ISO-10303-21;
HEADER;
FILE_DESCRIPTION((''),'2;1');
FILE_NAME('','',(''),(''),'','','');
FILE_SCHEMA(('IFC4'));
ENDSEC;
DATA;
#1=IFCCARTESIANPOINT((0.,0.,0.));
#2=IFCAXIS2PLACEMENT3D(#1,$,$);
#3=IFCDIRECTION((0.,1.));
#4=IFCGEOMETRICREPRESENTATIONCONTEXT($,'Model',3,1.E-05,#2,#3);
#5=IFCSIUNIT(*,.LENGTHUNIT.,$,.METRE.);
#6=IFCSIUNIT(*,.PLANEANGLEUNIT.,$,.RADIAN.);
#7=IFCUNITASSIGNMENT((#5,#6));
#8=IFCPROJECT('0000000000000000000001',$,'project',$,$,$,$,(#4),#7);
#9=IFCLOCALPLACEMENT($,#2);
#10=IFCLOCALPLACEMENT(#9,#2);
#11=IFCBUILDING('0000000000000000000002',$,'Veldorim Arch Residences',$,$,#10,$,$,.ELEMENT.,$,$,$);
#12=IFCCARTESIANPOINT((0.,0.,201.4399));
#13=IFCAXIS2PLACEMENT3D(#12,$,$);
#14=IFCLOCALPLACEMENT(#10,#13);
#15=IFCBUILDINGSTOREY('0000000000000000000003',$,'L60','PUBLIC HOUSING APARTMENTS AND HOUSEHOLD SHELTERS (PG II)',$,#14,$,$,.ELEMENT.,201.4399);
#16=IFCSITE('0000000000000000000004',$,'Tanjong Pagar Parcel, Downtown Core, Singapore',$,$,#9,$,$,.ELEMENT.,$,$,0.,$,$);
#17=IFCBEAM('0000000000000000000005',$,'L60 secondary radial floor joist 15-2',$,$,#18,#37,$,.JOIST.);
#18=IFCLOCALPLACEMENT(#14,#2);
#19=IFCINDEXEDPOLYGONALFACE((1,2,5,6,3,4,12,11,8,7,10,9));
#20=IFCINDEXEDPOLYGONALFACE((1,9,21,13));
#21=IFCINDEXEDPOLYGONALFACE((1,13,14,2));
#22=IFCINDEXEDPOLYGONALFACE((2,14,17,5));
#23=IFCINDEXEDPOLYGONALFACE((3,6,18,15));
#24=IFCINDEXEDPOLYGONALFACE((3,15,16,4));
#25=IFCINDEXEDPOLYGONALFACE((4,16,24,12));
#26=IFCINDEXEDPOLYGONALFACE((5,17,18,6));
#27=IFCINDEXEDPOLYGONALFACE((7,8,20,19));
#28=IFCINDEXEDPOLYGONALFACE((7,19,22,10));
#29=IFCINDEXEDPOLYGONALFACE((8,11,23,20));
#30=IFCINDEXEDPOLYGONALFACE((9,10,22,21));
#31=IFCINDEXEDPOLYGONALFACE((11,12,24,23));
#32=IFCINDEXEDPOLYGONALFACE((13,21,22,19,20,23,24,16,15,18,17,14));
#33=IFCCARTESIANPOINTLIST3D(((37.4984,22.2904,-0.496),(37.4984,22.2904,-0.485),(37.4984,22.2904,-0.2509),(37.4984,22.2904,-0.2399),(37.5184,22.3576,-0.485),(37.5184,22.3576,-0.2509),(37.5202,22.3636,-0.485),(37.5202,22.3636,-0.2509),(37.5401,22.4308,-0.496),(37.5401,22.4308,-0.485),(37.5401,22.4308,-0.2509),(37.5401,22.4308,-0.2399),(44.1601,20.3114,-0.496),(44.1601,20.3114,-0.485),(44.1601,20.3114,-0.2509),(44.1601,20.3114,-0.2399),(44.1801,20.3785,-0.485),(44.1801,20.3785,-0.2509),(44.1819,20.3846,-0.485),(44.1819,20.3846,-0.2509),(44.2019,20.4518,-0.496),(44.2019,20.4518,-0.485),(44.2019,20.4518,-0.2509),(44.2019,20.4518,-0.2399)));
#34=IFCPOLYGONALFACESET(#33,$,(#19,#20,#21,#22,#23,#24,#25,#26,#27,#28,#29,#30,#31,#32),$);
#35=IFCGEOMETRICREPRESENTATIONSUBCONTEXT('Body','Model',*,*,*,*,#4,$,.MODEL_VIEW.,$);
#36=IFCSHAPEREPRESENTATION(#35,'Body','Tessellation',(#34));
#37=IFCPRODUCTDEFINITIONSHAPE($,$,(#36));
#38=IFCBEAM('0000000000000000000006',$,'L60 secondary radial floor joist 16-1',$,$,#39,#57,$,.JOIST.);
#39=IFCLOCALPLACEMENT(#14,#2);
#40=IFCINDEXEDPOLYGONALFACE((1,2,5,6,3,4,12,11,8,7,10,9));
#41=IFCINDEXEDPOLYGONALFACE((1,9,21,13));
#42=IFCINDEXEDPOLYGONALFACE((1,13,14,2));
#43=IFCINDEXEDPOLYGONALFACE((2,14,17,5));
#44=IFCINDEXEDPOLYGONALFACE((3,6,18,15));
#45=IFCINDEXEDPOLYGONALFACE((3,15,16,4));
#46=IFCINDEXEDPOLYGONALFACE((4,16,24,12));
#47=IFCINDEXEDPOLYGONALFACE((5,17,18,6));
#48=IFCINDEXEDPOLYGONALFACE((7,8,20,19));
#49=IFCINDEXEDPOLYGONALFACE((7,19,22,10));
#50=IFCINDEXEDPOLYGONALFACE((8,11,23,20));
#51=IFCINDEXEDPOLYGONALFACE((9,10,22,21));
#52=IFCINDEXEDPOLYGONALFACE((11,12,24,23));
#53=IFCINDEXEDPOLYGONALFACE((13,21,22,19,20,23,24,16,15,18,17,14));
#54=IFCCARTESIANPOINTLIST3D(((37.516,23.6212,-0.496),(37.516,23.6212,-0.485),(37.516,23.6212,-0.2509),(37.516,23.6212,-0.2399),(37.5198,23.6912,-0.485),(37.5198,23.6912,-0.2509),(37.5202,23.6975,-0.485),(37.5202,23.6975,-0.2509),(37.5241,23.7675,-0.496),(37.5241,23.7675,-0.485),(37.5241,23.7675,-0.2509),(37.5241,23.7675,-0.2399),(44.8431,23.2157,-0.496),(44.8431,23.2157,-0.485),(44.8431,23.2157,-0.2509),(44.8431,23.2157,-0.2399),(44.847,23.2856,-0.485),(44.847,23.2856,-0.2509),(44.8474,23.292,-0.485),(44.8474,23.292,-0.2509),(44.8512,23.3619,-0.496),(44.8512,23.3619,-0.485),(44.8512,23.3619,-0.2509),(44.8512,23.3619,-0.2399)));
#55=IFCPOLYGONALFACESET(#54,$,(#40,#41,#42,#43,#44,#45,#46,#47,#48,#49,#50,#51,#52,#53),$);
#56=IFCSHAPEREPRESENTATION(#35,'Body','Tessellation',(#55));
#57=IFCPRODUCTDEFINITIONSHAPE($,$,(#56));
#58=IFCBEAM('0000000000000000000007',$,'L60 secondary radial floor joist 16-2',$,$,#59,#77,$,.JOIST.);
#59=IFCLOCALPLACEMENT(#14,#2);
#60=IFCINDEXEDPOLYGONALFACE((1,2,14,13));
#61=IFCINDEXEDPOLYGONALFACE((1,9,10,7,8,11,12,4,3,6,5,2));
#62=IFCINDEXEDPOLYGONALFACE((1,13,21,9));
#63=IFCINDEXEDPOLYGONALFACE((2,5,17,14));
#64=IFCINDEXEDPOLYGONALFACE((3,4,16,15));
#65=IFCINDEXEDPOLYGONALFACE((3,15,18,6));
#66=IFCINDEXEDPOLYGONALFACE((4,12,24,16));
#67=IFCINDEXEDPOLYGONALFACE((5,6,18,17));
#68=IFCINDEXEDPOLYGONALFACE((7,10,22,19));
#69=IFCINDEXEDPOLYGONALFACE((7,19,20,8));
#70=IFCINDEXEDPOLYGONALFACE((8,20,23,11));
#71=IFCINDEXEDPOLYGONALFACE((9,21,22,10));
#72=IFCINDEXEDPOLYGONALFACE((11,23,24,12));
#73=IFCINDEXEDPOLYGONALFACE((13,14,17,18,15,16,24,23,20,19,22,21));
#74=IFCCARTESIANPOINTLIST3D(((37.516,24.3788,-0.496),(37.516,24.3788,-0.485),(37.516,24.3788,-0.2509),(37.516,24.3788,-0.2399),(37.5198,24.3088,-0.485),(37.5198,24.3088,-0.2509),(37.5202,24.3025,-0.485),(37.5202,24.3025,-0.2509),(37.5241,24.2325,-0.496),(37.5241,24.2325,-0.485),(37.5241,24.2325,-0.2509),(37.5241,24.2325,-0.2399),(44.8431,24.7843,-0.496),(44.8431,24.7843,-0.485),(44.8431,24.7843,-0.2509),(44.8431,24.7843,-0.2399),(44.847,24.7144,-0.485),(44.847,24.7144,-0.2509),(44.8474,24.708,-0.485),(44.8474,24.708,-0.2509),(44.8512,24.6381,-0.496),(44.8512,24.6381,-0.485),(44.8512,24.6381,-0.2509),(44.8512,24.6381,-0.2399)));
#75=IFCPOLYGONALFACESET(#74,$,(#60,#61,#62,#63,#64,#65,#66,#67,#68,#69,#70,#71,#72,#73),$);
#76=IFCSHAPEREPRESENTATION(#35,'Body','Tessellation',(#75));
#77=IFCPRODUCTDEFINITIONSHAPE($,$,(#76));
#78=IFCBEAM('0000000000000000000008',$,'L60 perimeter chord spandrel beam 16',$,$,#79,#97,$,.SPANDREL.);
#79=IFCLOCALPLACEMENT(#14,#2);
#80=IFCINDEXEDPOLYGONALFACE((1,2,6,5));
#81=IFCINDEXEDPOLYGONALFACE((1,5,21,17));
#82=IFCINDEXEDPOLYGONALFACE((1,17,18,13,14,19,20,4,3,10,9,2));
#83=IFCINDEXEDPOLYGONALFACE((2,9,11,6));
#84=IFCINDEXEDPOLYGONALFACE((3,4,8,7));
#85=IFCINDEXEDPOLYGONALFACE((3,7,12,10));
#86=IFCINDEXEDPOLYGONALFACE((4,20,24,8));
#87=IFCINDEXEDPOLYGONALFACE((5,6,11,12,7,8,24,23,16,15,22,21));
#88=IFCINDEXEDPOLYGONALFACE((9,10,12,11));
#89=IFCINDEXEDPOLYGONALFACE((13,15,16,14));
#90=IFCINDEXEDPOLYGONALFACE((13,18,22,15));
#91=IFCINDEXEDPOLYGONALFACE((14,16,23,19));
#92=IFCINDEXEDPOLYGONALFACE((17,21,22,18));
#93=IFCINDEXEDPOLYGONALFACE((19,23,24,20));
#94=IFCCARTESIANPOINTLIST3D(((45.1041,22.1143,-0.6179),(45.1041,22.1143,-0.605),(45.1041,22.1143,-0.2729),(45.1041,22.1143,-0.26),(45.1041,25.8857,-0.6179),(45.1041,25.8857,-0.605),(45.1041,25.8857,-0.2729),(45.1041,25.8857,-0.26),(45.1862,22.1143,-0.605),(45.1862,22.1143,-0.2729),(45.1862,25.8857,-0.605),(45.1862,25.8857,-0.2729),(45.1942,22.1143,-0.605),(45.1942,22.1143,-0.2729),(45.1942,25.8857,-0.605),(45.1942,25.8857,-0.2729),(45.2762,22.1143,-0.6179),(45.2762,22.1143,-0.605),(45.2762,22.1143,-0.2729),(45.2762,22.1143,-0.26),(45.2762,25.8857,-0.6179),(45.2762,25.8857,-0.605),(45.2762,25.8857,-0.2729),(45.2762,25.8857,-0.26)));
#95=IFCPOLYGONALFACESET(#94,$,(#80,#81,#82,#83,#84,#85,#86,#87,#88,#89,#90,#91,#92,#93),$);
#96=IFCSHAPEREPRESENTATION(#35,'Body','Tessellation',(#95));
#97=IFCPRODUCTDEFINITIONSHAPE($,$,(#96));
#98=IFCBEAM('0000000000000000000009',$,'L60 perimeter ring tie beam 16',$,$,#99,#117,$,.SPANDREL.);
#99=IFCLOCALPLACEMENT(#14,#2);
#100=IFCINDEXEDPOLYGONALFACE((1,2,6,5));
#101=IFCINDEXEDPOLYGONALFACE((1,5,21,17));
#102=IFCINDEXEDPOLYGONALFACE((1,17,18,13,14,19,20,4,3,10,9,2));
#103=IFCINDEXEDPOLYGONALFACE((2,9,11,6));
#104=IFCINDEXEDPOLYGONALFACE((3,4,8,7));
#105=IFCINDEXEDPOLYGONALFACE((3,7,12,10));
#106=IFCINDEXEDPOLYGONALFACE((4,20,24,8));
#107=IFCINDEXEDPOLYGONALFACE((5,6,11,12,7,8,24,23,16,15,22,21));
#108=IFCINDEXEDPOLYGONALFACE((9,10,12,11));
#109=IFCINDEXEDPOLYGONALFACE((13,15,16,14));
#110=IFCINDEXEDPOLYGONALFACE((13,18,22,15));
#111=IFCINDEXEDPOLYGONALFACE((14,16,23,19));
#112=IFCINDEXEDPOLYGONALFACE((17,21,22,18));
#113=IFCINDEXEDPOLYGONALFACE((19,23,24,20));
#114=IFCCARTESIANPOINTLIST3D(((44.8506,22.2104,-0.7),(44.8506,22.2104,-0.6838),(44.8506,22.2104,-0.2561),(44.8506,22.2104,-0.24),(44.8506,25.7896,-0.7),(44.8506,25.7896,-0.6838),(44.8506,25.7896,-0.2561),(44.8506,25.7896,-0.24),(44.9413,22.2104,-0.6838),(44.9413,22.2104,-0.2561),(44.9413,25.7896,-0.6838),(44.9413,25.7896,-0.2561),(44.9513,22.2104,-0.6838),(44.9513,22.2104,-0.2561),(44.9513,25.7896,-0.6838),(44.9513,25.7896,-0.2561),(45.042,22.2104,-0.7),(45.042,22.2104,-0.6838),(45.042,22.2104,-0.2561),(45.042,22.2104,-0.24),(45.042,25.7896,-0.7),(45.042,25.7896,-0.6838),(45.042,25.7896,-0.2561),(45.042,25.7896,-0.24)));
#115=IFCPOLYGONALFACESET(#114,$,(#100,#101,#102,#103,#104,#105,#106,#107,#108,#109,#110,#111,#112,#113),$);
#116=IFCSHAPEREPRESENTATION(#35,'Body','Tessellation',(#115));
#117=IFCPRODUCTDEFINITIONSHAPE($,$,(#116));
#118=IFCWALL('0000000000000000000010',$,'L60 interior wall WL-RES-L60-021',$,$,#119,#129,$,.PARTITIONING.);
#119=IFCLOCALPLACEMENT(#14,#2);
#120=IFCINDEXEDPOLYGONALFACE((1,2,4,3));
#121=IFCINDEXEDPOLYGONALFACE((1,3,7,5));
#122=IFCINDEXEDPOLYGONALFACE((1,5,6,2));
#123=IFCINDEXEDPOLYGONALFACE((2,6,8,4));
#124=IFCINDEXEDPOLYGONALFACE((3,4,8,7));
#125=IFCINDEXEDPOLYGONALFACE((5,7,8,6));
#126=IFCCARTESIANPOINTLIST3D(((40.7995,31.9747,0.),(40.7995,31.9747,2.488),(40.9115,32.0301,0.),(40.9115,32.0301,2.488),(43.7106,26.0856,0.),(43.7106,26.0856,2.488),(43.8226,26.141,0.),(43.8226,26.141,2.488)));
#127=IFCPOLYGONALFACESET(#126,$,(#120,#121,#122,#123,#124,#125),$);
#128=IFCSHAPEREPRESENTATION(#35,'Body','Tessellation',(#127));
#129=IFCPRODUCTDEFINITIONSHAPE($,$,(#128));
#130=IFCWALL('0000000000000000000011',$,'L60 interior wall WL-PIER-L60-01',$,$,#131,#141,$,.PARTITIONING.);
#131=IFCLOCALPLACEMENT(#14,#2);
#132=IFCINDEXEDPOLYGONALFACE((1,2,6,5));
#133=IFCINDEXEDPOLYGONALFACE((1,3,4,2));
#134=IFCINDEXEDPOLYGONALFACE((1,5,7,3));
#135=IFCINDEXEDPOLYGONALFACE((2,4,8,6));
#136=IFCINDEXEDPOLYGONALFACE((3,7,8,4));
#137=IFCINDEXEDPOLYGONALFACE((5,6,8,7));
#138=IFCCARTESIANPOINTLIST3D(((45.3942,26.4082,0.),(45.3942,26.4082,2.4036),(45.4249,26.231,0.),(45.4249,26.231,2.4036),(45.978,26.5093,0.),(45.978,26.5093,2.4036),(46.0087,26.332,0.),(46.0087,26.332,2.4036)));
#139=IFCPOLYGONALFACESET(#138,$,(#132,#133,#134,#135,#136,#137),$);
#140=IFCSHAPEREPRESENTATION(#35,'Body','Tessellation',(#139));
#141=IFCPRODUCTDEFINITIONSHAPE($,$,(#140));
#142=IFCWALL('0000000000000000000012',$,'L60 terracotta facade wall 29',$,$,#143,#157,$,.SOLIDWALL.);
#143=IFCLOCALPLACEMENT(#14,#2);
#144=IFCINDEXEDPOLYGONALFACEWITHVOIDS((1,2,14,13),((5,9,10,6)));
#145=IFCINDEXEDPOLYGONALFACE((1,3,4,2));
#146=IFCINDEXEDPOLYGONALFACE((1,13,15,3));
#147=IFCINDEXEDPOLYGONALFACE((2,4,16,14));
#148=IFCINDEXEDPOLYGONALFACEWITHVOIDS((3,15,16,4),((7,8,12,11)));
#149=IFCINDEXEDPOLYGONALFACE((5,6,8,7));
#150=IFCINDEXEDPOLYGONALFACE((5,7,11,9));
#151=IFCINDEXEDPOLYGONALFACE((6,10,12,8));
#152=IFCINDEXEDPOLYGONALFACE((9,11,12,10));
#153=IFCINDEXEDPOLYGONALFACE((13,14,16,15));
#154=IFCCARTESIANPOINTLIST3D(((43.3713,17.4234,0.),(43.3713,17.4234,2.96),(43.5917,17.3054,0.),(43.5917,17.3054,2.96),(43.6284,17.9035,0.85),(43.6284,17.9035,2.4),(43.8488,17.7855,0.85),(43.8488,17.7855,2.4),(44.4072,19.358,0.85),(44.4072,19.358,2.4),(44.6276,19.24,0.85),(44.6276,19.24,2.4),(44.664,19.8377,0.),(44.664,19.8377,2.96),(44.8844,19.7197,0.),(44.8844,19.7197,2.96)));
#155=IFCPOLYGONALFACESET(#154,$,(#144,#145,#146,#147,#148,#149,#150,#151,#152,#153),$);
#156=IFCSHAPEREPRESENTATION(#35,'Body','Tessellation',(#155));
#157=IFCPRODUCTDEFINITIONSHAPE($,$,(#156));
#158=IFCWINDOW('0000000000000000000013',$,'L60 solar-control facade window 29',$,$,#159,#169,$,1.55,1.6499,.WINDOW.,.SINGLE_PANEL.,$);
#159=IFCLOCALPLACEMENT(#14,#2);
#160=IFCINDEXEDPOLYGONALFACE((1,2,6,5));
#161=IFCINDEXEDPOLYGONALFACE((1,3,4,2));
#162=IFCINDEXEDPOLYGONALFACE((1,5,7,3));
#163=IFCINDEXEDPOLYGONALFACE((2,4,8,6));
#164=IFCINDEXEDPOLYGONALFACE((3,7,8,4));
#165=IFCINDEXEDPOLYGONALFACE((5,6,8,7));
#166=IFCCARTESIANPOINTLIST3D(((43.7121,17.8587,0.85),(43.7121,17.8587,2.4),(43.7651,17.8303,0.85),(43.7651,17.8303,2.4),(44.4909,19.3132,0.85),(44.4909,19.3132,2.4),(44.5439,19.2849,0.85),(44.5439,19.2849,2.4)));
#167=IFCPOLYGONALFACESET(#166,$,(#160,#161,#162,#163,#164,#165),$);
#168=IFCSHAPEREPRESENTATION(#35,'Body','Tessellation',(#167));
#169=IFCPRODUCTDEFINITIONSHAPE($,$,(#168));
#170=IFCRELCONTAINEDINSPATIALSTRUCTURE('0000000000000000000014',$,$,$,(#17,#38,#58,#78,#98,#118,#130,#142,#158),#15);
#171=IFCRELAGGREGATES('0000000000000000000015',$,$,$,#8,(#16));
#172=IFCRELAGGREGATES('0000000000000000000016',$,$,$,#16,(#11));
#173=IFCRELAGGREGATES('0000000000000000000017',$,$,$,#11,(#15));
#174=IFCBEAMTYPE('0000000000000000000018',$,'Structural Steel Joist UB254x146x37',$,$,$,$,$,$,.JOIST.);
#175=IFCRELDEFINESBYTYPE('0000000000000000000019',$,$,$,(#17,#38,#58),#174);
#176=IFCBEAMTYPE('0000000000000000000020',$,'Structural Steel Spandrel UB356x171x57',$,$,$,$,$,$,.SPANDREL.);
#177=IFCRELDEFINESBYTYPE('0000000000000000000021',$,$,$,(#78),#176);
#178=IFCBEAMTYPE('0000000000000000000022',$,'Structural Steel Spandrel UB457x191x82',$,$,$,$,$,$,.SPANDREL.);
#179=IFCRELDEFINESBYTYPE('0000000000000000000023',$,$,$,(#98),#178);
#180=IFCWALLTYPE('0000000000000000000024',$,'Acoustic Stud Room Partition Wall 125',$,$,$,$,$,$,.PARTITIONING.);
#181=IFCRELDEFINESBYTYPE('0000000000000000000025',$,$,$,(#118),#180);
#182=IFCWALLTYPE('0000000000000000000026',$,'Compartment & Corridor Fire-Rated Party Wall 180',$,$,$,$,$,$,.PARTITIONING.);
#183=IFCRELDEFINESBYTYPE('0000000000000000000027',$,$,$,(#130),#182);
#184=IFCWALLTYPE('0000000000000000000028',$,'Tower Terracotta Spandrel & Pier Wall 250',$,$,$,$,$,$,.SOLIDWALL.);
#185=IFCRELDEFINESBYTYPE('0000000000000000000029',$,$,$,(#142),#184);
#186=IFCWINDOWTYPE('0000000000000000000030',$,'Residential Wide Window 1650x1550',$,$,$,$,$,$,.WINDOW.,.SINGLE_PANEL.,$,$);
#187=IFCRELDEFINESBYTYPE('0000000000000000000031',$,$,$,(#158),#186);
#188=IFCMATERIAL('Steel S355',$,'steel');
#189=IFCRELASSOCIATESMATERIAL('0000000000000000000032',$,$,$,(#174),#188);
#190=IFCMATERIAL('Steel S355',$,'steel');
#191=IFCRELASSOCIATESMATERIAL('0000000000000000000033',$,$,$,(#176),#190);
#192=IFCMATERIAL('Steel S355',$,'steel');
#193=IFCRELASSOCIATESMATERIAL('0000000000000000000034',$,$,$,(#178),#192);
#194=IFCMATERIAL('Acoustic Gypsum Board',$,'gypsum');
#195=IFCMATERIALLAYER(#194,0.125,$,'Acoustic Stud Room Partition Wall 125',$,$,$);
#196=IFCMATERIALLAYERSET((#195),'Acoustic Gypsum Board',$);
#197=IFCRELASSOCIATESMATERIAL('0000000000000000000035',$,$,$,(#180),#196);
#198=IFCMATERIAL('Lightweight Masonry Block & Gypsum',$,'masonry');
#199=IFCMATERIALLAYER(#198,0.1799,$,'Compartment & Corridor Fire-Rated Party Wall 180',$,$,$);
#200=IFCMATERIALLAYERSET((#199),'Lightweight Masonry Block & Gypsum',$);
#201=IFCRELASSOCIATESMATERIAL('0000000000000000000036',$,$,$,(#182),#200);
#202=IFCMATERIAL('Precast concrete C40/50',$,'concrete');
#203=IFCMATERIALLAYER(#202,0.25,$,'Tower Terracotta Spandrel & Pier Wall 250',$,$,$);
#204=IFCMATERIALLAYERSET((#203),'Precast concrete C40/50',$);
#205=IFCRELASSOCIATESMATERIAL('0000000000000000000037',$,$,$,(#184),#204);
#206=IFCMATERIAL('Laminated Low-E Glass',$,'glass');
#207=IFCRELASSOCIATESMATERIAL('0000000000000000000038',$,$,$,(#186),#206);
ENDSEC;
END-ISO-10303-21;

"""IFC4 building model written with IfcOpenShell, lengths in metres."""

from ifc_helpers import new_model, si_unit, direction, frame, frame_2d, origin, origin_2d, place, context, subcontext, project, spatial, rectangle, i_section, extrude, material, layer, layer_set, material_profile, profile_set, type_object, element, fill, save


model = new_model("IFC4")

# Units and contexts
model_context = context("Model", 3, precision=1e-05, world=origin(), true_north=direction((0.0, 1.0)))
body_context = subcontext(model_context, "Body", "Model", "MODEL_VIEW")
ifc_project = project(units=[si_unit("LENGTHUNIT", "METRE"), si_unit("PLANEANGLEUNIT", "RADIAN")], contexts=[model_context])

# Site, building, storey
site_placement = place(None, origin())
site = spatial("IfcSite", under=ifc_project, at=site_placement, Name="Tanjong Pagar Parcel, Downtown Core, Singapore", CompositionType="ELEMENT", RefElevation=0.0)
building_placement = place(site_placement, origin())
building = spatial("IfcBuilding", under=site, at=building_placement, Name="Veldorim Arch Residences", CompositionType="ELEMENT")
storey_placement = place(building_placement, frame((0.0, 0.0, 201.4399)))
storey = spatial("IfcBuildingStorey", under=building, at=storey_placement, Name="L60", Description="PUBLIC HOUSING APARTMENTS AND HOUSEHOLD SHELTERS (PG II)", CompositionType="ELEMENT", Elevation=201.4399)

# Beams
ifc_material_1 = material(Name="Steel S355", Category="steel")
ifc_material_profile_1 = material_profile(ifc_material_1, i_section(OverallWidth=0.1465, OverallDepth=0.2561, WebThickness=0.0063, FlangeThickness=0.011, at=origin_2d()), Name="UB254x146x37")
ifc_profile_set_1 = profile_set([ifc_material_profile_1], Name="Steel S355")
beam_type_1 = type_object("IfcBeamType", Name="Structural Steel Joist UB254x146x37", PredefinedType="JOIST", material=ifc_profile_set_1)
beam_1_placement = place(storey_placement, frame((37.5193, 22.3606, -0.3679), z_axis=(0.958594, -0.284775, 0.0), x_axis=(0.284775, 0.958594, 0.0)))
element("IfcBeam", 1, at=beam_1_placement, inside=storey, type_object=beam_type_1, Name="L60 secondary radial floor joist 15-2", PredefinedType="JOIST", context=body_context, shape_type="SweptSolid", body=[
    extrude(i_section(OverallWidth=0.1465, OverallDepth=0.2561, WebThickness=0.0063, FlangeThickness=0.011, at=origin_2d()), origin(), (0.0, 0.0, 1.0), 6.9495),
])
for number, where, z_axis, x_axis, name in (
    (2, (37.52, 23.6943, -0.3679), (0.998472, -0.05526, 0.0), (0.05526, 0.998472, 0.0), "L60 secondary radial floor joist 16-1"),
    (3, (37.52, 24.3057, -0.3679), (0.998472, 0.05526, 0.0), (-0.05526, 0.998472, 0.0), "L60 secondary radial floor joist 16-2"),
):
    element("IfcBeam", number, at=place(storey_placement, frame(where, z_axis=z_axis, x_axis=x_axis)), inside=storey, type_object=beam_type_1, Name=name, PredefinedType="JOIST", context=body_context, shape_type="SweptSolid", body=[
        extrude(i_section(OverallWidth=0.1465, OverallDepth=0.2561, WebThickness=0.0063, FlangeThickness=0.011, at=origin_2d()), origin(), (0.0, 0.0, 1.0), 7.3384),
    ])
ifc_material_2 = material(Name="Steel S355", Category="steel")
ifc_material_profile_2 = material_profile(ifc_material_2, i_section(OverallWidth=0.1721, OverallDepth=0.3579, WebThickness=0.0081, FlangeThickness=0.0129, at=origin_2d()), Name="UB356x171x57")
ifc_profile_set_2 = profile_set([ifc_material_profile_2], Name="Steel S355")
beam_type_2 = type_object("IfcBeamType", Name="Structural Steel Spandrel UB356x171x57", PredefinedType="SPANDREL", material=ifc_profile_set_2)
beam_2_placement = place(storey_placement, frame((45.1902, 22.1143, -0.439), z_axis=(0.0, 1.0, 0.0), x_axis=(-1.0, 0.0, 0.0)))
element("IfcBeam", 4, at=beam_2_placement, inside=storey, type_object=beam_type_2, Name="L60 perimeter chord spandrel beam 16", PredefinedType="SPANDREL", context=body_context, shape_type="SweptSolid", body=[
    extrude(i_section(OverallWidth=0.1721, OverallDepth=0.3579, WebThickness=0.0081, FlangeThickness=0.0129, at=origin_2d()), origin(), (0.0, 0.0, 1.0), 3.7715),
])
ifc_material_3 = material(Name="Steel S355", Category="steel")
ifc_material_profile_3 = material_profile(ifc_material_3, i_section(OverallWidth=0.1914, OverallDepth=0.46, WebThickness=0.01, FlangeThickness=0.0161, at=origin_2d()), Name="UB457x191x82")
ifc_profile_set_3 = profile_set([ifc_material_profile_3], Name="Steel S355")
beam_type_3 = type_object("IfcBeamType", Name="Structural Steel Spandrel UB457x191x82", PredefinedType="SPANDREL", material=ifc_profile_set_3)
beam_3_placement = place(storey_placement, frame((44.9463, 22.2104, -0.47), z_axis=(0.0, 1.0, 0.0), x_axis=(-1.0, 0.0, 0.0)))
element("IfcBeam", 5, at=beam_3_placement, inside=storey, type_object=beam_type_3, Name="L60 perimeter ring tie beam 16", PredefinedType="SPANDREL", context=body_context, shape_type="SweptSolid", body=[
    extrude(i_section(OverallWidth=0.1914, OverallDepth=0.46, WebThickness=0.01, FlangeThickness=0.0161, at=origin_2d()), origin(), (0.0, 0.0, 1.0), 3.5791),
])

# Walls
ifc_material_4 = material(Name="Acoustic Gypsum Board", Category="gypsum")
ifc_layer_1 = layer(ifc_material_4, 0.125, Name="Acoustic Stud Room Partition Wall 125")
ifc_layer_set_1 = layer_set([ifc_layer_1], Name="Acoustic Gypsum Board")
wall_type_1 = type_object("IfcWallType", Name="Acoustic Stud Room Partition Wall 125", PredefinedType="PARTITIONING", material=ifc_layer_set_1)
wall_1_placement = place(storey_placement, frame((43.7666, 26.1133, 0.0), z_axis=(0.0, 0.0, 1.0), x_axis=(-0.443136, 0.896454, 0.0)))
element("IfcWall", 6, at=wall_1_placement, inside=storey, type_object=wall_type_1, Name="L60 interior wall WL-RES-L60-021", PredefinedType="PARTITIONING", context=body_context, shape_type="SweptSolid", body=[
    extrude(rectangle(XDim=6.5693, YDim=0.125, at=frame_2d((3.2847, 0.0))), origin(), (0.0, 0.0, 1.0), 2.488),
])
ifc_material_5 = material(Name="Lightweight Masonry Block & Gypsum", Category="masonry")
ifc_layer_2 = layer(ifc_material_5, 0.1799, Name="Compartment & Corridor Fire-Rated Party Wall 180")
ifc_layer_set_2 = layer_set([ifc_layer_2], Name="Lightweight Masonry Block & Gypsum")
wall_type_2 = type_object("IfcWallType", Name="Compartment & Corridor Fire-Rated Party Wall 180", PredefinedType="PARTITIONING", material=ifc_layer_set_2)
wall_2_placement = place(storey_placement, frame((45.4094, 26.3196, 0.0), z_axis=(0.0, 0.0, 1.0), x_axis=(0.985339, 0.170611, 0.0)))
element("IfcWall", 7, at=wall_2_placement, inside=storey, type_object=wall_type_2, Name="L60 interior wall WL-PIER-L60-01", PredefinedType="PARTITIONING", context=body_context, shape_type="SweptSolid", body=[
    extrude(rectangle(XDim=0.5925, YDim=0.1799, at=frame_2d((0.2964, 0.0))), origin(), (0.0, 0.0, 1.0), 2.4036),
])

# Wall, opening, window
ifc_material_6 = material(Name="Precast concrete C40/50", Category="concrete")
ifc_layer_3 = layer(ifc_material_6, 0.25, Name="Tower Terracotta Spandrel & Pier Wall 250")
ifc_layer_set_3 = layer_set([ifc_layer_3], Name="Precast concrete C40/50")
wall_type_3 = type_object("IfcWallType", Name="Tower Terracotta Spandrel & Pier Wall 250", PredefinedType="SOLIDWALL", material=ifc_layer_set_3)
wall_3_placement = place(storey_placement, frame((44.7742, 19.7786, 0.0), z_axis=(0.0, 0.0, 1.0), x_axis=(-0.472036, -0.881579, 0.0)))
wall_3 = element("IfcWall", 8, at=wall_3_placement, inside=storey, type_object=wall_type_3, Name="L60 terracotta facade wall 29", PredefinedType="SOLIDWALL", context=body_context, shape_type="SweptSolid", body=[
    extrude(rectangle(XDim=2.7385, YDim=0.25, at=frame_2d((1.3691, 0.0))), origin(), (0.0, 0.0, 1.0), 2.96),
])
opening_1_placement = place(wall_3_placement, frame((0.5439, 0.0, 0.8501)))
opening_1 = element("IfcOpeningElement", 9, at=opening_1_placement, cuts=wall_3, PredefinedType="OPENING", context=body_context, shape_type="SweptSolid", body=[
    extrude(rectangle(XDim=1.6499, YDim=1.55, at=frame_2d((0.825, 0.7749))), frame((0.0, 0.135, 0.0), z_axis=(0.0, -1.0, 0.0), x_axis=(1.0, 0.0, 0.0)), (0.0, 0.0, 1.0), 0.27),
])
ifc_material_7 = material(Name="Laminated Low-E Glass", Category="glass")
window_type = type_object("IfcWindowType", Name="Residential Wide Window 1650x1550", PartitioningType="SINGLE_PANEL", PredefinedType="WINDOW", material=ifc_material_7)
window_placement = place(opening_1_placement, origin())
window = element("IfcWindow", 10, at=window_placement, inside=storey, type_object=window_type, Name="L60 solar-control facade window 29", OverallHeight=1.55, OverallWidth=1.6499, PartitioningType="SINGLE_PANEL", PredefinedType="WINDOW", context=body_context, shape_type="SweptSolid", body=[
    extrude(rectangle(XDim=1.6499, YDim=1.55, at=frame_2d((0.825, 0.7749))), frame((0.0, 0.03, 0.0), z_axis=(0.0, -1.0, 0.0), x_axis=(1.0, 0.0, 0.0)), (0.0, 0.0, 1.0), 0.0601),
])
fill(opening_1, window)

save(model, "model.ifc")
